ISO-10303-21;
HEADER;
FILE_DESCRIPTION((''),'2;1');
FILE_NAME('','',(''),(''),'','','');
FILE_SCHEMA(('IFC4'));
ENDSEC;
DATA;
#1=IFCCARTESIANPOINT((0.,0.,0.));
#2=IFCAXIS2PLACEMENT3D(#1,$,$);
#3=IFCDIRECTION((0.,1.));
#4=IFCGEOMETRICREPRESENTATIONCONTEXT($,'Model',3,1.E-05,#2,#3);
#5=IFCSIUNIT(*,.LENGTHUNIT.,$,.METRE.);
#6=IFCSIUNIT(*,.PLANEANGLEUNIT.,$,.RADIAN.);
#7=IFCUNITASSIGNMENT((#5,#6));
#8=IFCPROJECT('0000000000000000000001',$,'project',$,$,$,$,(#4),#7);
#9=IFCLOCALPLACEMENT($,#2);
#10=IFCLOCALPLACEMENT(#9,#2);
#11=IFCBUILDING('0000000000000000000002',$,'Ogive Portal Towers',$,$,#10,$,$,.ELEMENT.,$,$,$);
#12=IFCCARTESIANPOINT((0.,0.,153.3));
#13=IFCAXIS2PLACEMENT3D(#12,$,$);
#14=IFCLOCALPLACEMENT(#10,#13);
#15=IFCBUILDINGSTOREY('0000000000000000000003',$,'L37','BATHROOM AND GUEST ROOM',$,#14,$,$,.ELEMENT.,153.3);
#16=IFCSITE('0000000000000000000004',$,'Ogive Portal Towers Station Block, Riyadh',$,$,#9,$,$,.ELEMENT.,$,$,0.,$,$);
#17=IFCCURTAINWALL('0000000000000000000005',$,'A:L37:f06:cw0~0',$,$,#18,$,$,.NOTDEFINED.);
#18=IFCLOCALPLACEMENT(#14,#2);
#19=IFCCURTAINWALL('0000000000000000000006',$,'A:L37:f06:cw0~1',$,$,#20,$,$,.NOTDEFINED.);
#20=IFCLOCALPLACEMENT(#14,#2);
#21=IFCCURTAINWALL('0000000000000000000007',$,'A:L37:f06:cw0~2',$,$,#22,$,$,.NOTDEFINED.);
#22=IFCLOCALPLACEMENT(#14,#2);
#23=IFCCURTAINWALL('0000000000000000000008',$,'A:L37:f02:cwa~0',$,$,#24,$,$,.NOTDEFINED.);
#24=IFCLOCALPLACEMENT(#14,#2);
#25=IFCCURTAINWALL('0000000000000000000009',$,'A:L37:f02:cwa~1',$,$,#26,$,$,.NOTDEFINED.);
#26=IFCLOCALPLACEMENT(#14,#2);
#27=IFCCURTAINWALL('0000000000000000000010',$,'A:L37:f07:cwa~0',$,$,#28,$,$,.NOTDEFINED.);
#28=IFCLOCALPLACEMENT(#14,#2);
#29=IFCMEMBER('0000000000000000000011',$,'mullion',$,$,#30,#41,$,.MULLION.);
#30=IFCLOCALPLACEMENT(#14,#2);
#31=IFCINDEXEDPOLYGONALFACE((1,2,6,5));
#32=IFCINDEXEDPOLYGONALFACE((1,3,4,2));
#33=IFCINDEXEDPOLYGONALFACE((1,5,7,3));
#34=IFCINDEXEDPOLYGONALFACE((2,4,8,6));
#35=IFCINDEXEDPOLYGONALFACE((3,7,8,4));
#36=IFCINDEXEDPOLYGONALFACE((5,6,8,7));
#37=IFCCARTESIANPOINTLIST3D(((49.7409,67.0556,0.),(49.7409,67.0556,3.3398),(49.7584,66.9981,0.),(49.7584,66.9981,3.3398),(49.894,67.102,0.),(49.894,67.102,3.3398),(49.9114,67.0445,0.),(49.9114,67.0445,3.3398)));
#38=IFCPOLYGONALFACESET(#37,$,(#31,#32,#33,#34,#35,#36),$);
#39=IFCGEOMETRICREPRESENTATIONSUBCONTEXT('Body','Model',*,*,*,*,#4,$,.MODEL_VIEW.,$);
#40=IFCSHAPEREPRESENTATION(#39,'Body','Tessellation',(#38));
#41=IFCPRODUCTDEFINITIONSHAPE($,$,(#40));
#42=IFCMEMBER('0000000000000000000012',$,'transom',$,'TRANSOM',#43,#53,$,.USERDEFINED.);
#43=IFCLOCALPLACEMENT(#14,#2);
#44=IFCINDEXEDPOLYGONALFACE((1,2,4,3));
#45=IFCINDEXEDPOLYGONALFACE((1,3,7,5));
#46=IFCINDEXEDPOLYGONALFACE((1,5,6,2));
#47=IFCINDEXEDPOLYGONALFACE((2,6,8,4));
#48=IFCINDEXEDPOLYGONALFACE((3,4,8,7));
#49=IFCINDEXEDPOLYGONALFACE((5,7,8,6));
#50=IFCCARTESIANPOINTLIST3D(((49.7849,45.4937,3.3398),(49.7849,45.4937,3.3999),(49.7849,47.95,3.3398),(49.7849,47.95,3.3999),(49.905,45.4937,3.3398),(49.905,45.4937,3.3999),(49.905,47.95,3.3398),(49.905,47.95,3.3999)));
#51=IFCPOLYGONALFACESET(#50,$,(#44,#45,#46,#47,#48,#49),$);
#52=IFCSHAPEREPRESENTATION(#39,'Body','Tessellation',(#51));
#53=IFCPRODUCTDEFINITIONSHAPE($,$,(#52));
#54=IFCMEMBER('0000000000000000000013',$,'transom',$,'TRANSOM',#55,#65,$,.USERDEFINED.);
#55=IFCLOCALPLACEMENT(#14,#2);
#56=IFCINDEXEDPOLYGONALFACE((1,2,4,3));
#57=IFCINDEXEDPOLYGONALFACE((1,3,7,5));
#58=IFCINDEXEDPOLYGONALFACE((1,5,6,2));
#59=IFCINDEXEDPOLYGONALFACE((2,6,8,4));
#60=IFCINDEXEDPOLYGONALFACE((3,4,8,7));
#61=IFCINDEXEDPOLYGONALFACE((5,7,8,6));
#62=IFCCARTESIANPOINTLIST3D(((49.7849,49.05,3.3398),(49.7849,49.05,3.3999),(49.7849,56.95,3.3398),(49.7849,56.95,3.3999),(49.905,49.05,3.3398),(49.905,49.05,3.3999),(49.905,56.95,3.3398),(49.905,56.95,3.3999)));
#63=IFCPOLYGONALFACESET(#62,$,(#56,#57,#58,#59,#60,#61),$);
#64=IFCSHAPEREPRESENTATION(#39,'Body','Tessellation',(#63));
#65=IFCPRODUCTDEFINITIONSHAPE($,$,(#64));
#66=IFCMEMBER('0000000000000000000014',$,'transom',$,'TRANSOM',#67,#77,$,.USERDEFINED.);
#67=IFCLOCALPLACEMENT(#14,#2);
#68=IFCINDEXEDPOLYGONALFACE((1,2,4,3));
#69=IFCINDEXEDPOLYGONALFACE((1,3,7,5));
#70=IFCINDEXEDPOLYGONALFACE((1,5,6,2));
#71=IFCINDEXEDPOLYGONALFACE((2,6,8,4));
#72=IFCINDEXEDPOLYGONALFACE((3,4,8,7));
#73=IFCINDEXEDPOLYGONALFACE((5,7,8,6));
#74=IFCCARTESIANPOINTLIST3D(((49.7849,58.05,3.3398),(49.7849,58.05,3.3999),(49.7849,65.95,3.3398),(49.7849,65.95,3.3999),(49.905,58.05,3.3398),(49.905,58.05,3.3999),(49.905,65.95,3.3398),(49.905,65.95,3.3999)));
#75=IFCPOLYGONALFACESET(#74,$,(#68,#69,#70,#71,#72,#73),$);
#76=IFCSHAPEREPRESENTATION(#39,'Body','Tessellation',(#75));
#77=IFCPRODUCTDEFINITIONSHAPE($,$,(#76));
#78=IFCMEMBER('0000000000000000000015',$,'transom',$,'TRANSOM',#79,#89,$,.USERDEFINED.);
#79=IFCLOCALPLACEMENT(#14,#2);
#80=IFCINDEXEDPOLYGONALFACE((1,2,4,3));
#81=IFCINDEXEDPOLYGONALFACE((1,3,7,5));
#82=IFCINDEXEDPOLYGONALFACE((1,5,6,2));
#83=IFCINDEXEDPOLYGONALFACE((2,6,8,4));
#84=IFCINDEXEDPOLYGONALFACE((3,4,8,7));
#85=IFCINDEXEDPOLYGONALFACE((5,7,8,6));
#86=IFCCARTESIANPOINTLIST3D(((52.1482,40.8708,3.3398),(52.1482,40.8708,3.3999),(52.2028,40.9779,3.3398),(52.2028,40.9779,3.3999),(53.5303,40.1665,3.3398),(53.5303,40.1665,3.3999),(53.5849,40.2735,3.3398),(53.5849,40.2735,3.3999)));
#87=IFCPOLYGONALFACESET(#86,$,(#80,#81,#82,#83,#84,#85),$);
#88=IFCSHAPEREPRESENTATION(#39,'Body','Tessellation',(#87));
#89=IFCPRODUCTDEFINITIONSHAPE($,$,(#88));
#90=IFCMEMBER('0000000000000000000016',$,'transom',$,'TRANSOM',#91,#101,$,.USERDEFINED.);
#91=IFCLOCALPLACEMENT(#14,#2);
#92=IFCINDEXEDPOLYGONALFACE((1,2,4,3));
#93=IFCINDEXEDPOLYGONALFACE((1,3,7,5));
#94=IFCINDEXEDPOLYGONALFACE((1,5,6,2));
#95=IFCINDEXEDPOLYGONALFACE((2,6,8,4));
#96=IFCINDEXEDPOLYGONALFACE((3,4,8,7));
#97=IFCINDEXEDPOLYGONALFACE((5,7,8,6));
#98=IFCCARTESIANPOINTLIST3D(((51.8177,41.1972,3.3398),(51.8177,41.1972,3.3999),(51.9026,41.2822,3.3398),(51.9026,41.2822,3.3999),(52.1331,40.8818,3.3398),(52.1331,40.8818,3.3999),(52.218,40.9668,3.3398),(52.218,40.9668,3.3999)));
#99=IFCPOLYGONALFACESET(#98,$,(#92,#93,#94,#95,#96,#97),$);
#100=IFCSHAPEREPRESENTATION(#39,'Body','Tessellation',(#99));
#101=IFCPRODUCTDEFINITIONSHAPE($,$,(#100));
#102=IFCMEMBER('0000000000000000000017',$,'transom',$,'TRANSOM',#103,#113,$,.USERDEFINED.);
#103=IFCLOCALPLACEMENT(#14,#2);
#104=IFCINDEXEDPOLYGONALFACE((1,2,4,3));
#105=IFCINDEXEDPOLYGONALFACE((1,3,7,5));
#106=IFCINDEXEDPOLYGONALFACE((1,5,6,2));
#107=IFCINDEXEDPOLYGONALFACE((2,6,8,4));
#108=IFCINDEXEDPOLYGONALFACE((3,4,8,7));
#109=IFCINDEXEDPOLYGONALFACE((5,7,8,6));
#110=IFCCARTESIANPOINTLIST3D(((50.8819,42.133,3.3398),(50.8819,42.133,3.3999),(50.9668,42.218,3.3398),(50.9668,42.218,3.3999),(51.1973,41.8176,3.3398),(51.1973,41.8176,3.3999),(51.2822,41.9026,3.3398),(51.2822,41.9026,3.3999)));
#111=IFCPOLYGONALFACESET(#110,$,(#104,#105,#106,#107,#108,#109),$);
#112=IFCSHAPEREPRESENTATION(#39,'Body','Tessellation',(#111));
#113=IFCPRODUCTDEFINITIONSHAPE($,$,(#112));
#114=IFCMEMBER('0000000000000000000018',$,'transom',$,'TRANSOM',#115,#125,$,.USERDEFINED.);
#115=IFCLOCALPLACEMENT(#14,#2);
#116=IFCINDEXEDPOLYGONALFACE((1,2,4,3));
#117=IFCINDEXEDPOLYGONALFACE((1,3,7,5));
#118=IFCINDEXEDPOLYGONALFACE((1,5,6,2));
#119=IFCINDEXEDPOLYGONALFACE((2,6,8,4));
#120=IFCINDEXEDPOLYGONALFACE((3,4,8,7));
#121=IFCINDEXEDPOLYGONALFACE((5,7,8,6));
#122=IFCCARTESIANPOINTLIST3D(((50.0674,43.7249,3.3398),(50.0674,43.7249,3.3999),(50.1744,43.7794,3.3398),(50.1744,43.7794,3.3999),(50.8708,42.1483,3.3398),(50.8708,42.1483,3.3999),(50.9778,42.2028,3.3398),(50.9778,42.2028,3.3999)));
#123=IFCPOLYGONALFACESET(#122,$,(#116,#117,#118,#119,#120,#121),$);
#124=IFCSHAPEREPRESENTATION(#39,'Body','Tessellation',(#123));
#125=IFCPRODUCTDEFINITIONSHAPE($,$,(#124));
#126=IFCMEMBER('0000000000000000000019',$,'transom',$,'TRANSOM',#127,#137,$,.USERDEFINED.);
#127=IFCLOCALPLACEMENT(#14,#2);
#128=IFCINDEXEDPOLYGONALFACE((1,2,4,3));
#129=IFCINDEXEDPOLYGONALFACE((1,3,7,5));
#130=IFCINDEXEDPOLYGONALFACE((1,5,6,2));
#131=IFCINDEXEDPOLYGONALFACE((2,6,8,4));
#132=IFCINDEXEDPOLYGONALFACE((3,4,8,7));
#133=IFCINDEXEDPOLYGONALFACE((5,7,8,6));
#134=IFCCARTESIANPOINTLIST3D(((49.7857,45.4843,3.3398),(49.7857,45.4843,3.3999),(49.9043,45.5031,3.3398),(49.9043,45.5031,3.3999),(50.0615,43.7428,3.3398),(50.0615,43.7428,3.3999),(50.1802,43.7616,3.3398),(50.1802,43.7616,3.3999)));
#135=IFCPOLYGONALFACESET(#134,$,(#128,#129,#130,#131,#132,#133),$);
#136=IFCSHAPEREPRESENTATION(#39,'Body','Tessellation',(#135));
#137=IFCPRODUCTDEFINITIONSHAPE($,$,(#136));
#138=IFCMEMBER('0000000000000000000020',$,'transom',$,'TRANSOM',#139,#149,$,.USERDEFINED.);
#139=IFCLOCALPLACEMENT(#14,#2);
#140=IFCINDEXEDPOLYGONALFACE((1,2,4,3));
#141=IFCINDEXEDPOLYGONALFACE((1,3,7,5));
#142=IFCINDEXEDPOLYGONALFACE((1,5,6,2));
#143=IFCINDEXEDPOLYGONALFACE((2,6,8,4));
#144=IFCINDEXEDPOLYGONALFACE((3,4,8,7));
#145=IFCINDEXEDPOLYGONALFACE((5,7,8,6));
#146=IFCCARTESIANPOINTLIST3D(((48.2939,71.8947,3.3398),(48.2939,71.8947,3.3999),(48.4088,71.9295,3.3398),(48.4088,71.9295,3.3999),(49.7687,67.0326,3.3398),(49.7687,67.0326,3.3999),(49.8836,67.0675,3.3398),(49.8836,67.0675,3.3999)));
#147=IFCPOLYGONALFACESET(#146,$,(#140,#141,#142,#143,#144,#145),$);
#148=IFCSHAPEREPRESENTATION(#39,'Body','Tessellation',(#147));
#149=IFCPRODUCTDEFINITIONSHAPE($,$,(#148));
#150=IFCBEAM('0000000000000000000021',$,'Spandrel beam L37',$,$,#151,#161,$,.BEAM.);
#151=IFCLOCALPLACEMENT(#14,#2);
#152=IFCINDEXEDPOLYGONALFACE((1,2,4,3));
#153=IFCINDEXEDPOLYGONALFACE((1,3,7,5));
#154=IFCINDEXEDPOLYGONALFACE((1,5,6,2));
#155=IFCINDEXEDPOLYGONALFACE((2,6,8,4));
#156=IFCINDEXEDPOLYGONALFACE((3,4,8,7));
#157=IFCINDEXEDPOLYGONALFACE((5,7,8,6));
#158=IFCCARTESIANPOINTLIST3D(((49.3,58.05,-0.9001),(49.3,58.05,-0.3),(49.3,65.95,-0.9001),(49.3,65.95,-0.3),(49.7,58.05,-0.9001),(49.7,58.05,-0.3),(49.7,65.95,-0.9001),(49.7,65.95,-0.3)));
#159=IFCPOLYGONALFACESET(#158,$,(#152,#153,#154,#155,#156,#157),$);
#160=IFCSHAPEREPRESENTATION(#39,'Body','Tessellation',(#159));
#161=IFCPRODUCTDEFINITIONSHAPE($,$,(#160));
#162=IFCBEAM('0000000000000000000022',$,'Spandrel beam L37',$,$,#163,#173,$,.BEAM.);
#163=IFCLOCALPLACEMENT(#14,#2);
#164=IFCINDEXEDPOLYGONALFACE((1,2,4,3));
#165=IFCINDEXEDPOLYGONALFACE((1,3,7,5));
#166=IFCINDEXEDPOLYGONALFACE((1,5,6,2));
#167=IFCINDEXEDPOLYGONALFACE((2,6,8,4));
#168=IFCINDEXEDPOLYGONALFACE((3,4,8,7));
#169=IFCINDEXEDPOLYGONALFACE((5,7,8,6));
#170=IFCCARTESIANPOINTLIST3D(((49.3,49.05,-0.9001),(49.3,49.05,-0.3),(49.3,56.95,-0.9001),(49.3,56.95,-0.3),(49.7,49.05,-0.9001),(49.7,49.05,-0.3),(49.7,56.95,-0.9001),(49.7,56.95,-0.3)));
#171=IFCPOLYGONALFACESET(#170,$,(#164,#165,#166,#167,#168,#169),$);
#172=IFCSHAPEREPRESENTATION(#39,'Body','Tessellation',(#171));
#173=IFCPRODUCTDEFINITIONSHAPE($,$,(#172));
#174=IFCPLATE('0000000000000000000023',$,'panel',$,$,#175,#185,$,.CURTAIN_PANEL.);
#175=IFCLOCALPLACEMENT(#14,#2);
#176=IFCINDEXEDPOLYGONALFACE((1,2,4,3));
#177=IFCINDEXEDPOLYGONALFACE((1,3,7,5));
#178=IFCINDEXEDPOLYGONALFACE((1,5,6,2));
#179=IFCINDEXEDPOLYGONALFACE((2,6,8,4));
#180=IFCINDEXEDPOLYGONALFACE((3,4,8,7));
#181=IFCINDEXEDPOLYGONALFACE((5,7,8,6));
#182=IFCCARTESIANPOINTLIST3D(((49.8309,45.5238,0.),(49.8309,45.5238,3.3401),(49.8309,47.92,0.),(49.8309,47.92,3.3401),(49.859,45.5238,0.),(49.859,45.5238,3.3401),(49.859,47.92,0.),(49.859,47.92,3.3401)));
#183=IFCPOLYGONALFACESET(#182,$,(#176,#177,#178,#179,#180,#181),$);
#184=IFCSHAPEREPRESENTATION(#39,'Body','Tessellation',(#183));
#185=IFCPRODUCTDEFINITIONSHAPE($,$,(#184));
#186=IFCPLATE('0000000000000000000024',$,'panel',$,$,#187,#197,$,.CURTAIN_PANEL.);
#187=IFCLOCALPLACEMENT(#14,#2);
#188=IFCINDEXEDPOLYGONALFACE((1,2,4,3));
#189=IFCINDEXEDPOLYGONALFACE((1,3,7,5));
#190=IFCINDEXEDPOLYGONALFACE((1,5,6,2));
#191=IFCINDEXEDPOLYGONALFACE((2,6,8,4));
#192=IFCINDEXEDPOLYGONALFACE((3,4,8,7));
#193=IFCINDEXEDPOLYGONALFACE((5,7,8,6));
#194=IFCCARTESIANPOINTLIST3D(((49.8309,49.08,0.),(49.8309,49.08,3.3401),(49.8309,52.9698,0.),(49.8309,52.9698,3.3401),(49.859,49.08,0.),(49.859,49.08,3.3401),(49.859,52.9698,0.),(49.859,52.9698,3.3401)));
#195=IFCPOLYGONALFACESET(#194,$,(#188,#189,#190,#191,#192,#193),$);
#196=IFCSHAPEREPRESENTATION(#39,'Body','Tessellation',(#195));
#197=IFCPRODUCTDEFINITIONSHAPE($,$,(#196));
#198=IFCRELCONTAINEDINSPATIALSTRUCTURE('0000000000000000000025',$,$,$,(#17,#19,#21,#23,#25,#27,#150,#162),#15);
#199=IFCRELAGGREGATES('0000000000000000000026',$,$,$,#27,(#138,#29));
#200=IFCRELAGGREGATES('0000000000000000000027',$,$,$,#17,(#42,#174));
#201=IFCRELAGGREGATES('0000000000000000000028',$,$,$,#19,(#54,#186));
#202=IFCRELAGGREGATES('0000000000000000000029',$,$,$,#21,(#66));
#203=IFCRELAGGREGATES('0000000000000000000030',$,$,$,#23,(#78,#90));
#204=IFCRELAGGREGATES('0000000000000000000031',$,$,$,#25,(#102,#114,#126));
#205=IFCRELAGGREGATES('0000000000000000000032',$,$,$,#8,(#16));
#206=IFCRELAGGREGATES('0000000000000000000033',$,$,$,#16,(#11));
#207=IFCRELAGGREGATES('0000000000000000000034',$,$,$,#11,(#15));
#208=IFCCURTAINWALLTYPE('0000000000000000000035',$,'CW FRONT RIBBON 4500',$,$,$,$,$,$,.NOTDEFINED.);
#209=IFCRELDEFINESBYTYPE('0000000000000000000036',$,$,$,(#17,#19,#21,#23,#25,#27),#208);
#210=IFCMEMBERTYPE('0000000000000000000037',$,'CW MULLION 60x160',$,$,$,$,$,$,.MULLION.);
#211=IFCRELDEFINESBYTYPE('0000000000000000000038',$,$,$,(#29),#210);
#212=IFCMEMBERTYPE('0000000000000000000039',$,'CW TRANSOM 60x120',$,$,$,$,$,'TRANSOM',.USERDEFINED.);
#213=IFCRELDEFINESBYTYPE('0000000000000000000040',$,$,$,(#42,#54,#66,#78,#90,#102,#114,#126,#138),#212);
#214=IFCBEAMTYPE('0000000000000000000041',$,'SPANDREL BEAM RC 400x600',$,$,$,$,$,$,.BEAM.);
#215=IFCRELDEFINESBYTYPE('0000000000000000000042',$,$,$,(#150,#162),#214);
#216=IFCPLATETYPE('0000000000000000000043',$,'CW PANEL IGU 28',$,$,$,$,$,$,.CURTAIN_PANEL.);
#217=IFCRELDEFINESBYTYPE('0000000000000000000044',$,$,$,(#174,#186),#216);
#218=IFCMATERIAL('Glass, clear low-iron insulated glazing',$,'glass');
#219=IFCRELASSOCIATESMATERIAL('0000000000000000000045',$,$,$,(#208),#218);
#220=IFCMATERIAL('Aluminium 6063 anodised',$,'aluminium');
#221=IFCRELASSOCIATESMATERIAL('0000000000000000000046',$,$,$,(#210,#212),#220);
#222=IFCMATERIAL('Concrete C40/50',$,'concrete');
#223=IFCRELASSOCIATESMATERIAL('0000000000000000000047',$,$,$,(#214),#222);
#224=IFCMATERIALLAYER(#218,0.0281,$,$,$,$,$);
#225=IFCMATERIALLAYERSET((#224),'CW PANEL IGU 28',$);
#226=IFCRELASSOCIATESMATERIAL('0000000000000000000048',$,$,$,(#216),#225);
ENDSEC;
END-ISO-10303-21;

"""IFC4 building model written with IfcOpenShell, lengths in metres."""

from ifc_helpers import new_model, si_unit, direction, frame, origin, origin_2d, place, context, subcontext, project, spatial, rectangle, extrude, material, layer, layer_set, material_profile, profile_set, type_object, element, aggregate, save


model = new_model("IFC4")

# Units and contexts
model_context = context("Model", 3, precision=1e-05, world=origin(), true_north=direction((0.0, 1.0)))
body_context = subcontext(model_context, "Body", "Model", "MODEL_VIEW")
ifc_project = project(units=[si_unit("LENGTHUNIT", "METRE"), si_unit("PLANEANGLEUNIT", "RADIAN")], contexts=[model_context])

# Site, building, storey
site_placement = place(None, origin())
site = spatial("IfcSite", under=ifc_project, at=site_placement, Name="Ogive Portal Towers Station Block, Riyadh", CompositionType="ELEMENT", RefElevation=0.0)
building_placement = place(site_placement, origin())
building = spatial("IfcBuilding", under=site, at=building_placement, Name="Ogive Portal Towers", CompositionType="ELEMENT")
storey_placement = place(building_placement, frame((0.0, 0.0, 153.3)))
storey = spatial("IfcBuildingStorey", under=building, at=storey_placement, Name="L37", Description="BATHROOM AND GUEST ROOM", CompositionType="ELEMENT", Elevation=153.3)

# Curtain walls
ifc_material_1 = material(Name="Glass, clear low-iron insulated glazing", Category="glass")
curtain_wall_type = type_object("IfcCurtainWallType", Name="CW FRONT RIBBON 4500", PredefinedType="NOTDEFINED", material=ifc_material_1)
curtain_wall_1_placement = place(storey_placement, origin())
curtain_wall_1 = element("IfcCurtainWall", 1, at=curtain_wall_1_placement, inside=storey, type_object=curtain_wall_type, Name="A:L37:f06:cw0~0", PredefinedType="NOTDEFINED")
ifc_material_2 = material(Name="Aluminium 6063 anodised", Category="aluminium")
ifc_material_profile_1 = material_profile(ifc_material_2, rectangle(XDim=0.1599, YDim=0.0601, at=origin_2d()), Name="AL 60x160")
ifc_profile_set_1 = profile_set([ifc_material_profile_1], Name="Aluminium 6063 anodised")
member_type_1 = type_object("IfcMemberType", Name="CW MULLION 60x160", PredefinedType="MULLION", material=ifc_profile_set_1)
curtain_wall_2_placement = place(storey_placement, origin())
curtain_wall_2 = element("IfcCurtainWall", 2, at=curtain_wall_2_placement, inside=storey, type_object=curtain_wall_type, Name="A:L37:f06:cw0~1", PredefinedType="NOTDEFINED")
curtain_wall_3_placement = place(storey_placement, origin())
curtain_wall_3 = element("IfcCurtainWall", 3, at=curtain_wall_3_placement, inside=storey, type_object=curtain_wall_type, Name="A:L37:f06:cw0~2", PredefinedType="NOTDEFINED")
curtain_wall_4_placement = place(storey_placement, origin())
curtain_wall_4 = element("IfcCurtainWall", 4, at=curtain_wall_4_placement, inside=storey, type_object=curtain_wall_type, Name="A:L37:f02:cwa~0", PredefinedType="NOTDEFINED")
curtain_wall_5_placement = place(storey_placement, origin())
curtain_wall_5 = element("IfcCurtainWall", 5, at=curtain_wall_5_placement, inside=storey, type_object=curtain_wall_type, Name="A:L37:f02:cwa~1", PredefinedType="NOTDEFINED")

# Curtain wall, member
curtain_wall_6_placement = place(storey_placement, origin())
curtain_wall_6 = element("IfcCurtainWall", 6, at=curtain_wall_6_placement, inside=storey, type_object=curtain_wall_type, Name="A:L37:f07:cwa~0", PredefinedType="NOTDEFINED")
member_1_placement = place(storey_placement, frame((49.8262, 67.05, 0.0), z_axis=(0.0, 0.0, 1.0), x_axis=(-0.95694, -0.290285, 0.0)))
member_1 = element("IfcMember", 7, at=member_1_placement, type_object=member_type_1, Name="mullion", PredefinedType="MULLION", context=body_context, shape_type="SweptSolid", body=[
    extrude(rectangle(XDim=0.1599, YDim=0.0601, at=origin_2d()), origin(), (0.0, 0.0, 1.0), 3.3398),
])

# Members
ifc_material_profile_2 = material_profile(ifc_material_2, rectangle(XDim=0.1201, YDim=0.0601, at=origin_2d()), Name="AL 120x60")
ifc_profile_set_2 = profile_set([ifc_material_profile_2], Name="Aluminium 6063 anodised")
member_type_2 = type_object("IfcMemberType", Name="CW TRANSOM 60x120", ElementType="TRANSOM", PredefinedType="USERDEFINED", material=ifc_profile_set_2)
member_2_placement = place(storey_placement, frame((49.845, 45.4937, 3.3699), z_axis=(0.0, 1.0, 0.0), x_axis=(-1.0, 0.0, 0.0)))
member_2 = element("IfcMember", 8, at=member_2_placement, type_object=member_type_2, Name="transom", ObjectType="TRANSOM", PredefinedType="USERDEFINED", context=body_context, shape_type="SweptSolid", body=[
    extrude(rectangle(XDim=0.1201, YDim=0.0601, at=origin_2d()), origin(), (0.0, 0.0, 1.0), 2.4563),
])
member_3_placement = place(storey_placement, frame((49.845, 49.05, 3.3699), z_axis=(0.0, 1.0, 0.0), x_axis=(-1.0, 0.0, 0.0)))
member_3 = element("IfcMember", 9, at=member_3_placement, type_object=member_type_2, Name="transom", ObjectType="TRANSOM", PredefinedType="USERDEFINED", context=body_context, shape_type="SweptSolid", body=[
    extrude(rectangle(XDim=0.1201, YDim=0.0601, at=origin_2d()), origin(), (0.0, 0.0, 1.0), 7.8999),
])
member_4_placement = place(storey_placement, frame((49.845, 58.05, 3.3699), z_axis=(0.0, 1.0, 0.0), x_axis=(-1.0, 0.0, 0.0)))
member_4 = element("IfcMember", 10, at=member_4_placement, type_object=member_type_2, Name="transom", ObjectType="TRANSOM", PredefinedType="USERDEFINED", context=body_context, shape_type="SweptSolid", body=[
    extrude(rectangle(XDim=0.1201, YDim=0.0601, at=origin_2d()), origin(), (0.0, 0.0, 1.0), 7.8999),
])
member_5_placement = place(storey_placement, frame((53.5576, 40.22, 3.3699), z_axis=(-0.89097, 0.454063, 0.0), x_axis=(-0.454063, -0.89097, 0.0)))
member_5 = element("IfcMember", 11, at=member_5_placement, type_object=member_type_2, Name="transom", ObjectType="TRANSOM", PredefinedType="USERDEFINED", context=body_context, shape_type="SweptSolid", body=[
    extrude(rectangle(XDim=0.1201, YDim=0.0601, at=origin_2d()), origin(), (0.0, 0.0, 1.0), 1.5513),
])
member_6_placement = place(storey_placement, frame((52.1755, 40.9243, 3.3699), z_axis=(-0.707107, 0.707107, 0.0), x_axis=(-0.707107, -0.707107, 0.0)))
member_6 = element("IfcMember", 12, at=member_6_placement, type_object=member_type_2, Name="transom", ObjectType="TRANSOM", PredefinedType="USERDEFINED", context=body_context, shape_type="SweptSolid", body=[
    extrude(rectangle(XDim=0.1201, YDim=0.0601, at=origin_2d()), origin(), (0.0, 0.0, 1.0), 0.446),
])
member_7_placement = place(storey_placement, frame((51.2397, 41.8601, 3.3699), z_axis=(-0.707107, 0.707107, 0.0), x_axis=(-0.707107, -0.707107, 0.0)))
member_7 = element("IfcMember", 13, at=member_7_placement, type_object=member_type_2, Name="transom", ObjectType="TRANSOM", PredefinedType="USERDEFINED", context=body_context, shape_type="SweptSolid", body=[
    extrude(rectangle(XDim=0.1201, YDim=0.0601, at=origin_2d()), origin(), (0.0, 0.0, 1.0), 0.446),
])
member_8_placement = place(storey_placement, frame((50.9243, 42.1755, 3.3699), z_axis=(-0.454044, 0.890979, 0.0), x_axis=(-0.890979, -0.454044, 0.0)))
member_8 = element("IfcMember", 14, at=member_8_placement, type_object=member_type_2, Name="transom", ObjectType="TRANSOM", PredefinedType="USERDEFINED", context=body_context, shape_type="SweptSolid", body=[
    extrude(rectangle(XDim=0.1201, YDim=0.0601, at=origin_2d()), origin(), (0.0, 0.0, 1.0), 1.7695),
])
member_9_placement = place(storey_placement, frame((50.1208, 43.7522, 3.3699), z_axis=(-0.156467, 0.987683, 0.0), x_axis=(-0.987683, -0.156467, 0.0)))
member_9 = element("IfcMember", 15, at=member_9_placement, type_object=member_type_2, Name="transom", ObjectType="TRANSOM", PredefinedType="USERDEFINED", context=body_context, shape_type="SweptSolid", body=[
    extrude(rectangle(XDim=0.1201, YDim=0.0601, at=origin_2d()), origin(), (0.0, 0.0, 1.0), 1.7632),
])
member_10_placement = place(storey_placement, frame((49.8262, 67.05, 3.3699), z_axis=(-0.290278, 0.956942, 0.0), x_axis=(-0.956942, -0.290278, 0.0)))
member_10 = element("IfcMember", 16, at=member_10_placement, type_object=member_type_2, Name="transom", ObjectType="TRANSOM", PredefinedType="USERDEFINED", context=body_context, shape_type="SweptSolid", body=[
    extrude(rectangle(XDim=0.1201, YDim=0.0601, at=origin_2d()), origin(), (0.0, 0.0, 1.0), 5.0808),
])
aggregate(curtain_wall_6, [member_10, member_1])

# Beams
ifc_material_3 = material(Name="Concrete C40/50", Category="concrete")
ifc_material_profile_3 = material_profile(ifc_material_3, rectangle(XDim=0.3999, YDim=0.6001, at=origin_2d()), Name="RC 400x600")
ifc_profile_set_3 = profile_set([ifc_material_profile_3], Name="Concrete C40/50")
beam_type = type_object("IfcBeamType", Name="SPANDREL BEAM RC 400x600", PredefinedType="BEAM", material=ifc_profile_set_3)
for number, where, z_axis, x_axis, name in (
    (17, (49.5, 65.95, -0.6001), (0.0, -1.0, 0.0), (1.0, 0.0, 0.0), "Spandrel beam L37"),
    (18, (49.5, 56.95, -0.6001), (0.0, -1.0, 0.0), (1.0, 0.0, 0.0), "Spandrel beam L37"),
):
    element("IfcBeam", number, at=place(storey_placement, frame(where, z_axis=z_axis, x_axis=x_axis)), inside=storey, type_object=beam_type, Name=name, PredefinedType="BEAM", context=body_context, shape_type="SweptSolid", body=[
        extrude(rectangle(XDim=0.3999, YDim=0.6001, at=origin_2d()), origin(), (0.0, 0.0, 1.0), 7.8999),
    ])

# Plates
ifc_layer = layer(ifc_material_1, 0.0281)
ifc_layer_set = layer_set([ifc_layer], Name="CW PANEL IGU 28")
plate_type = type_object("IfcPlateType", Name="CW PANEL IGU 28", PredefinedType="CURTAIN_PANEL", material=ifc_layer_set)
plate_1_placement = place(storey_placement, frame((49.845, 46.7219, 0.0), z_axis=(0.0, 0.0, 1.0), x_axis=(0.0, 1.0, 0.0)))
plate_1 = element("IfcPlate", 19, at=plate_1_placement, type_object=plate_type, Name="panel", PredefinedType="CURTAIN_PANEL", context=body_context, shape_type="SweptSolid", body=[
    extrude(rectangle(XDim=2.3962, YDim=0.0281, at=origin_2d()), origin(), (0.0, 0.0, 1.0), 3.3401),
])
aggregate(curtain_wall_1, [member_2, plate_1])
plate_2_placement = place(storey_placement, frame((49.845, 51.0249, 0.0), z_axis=(0.0, 0.0, 1.0), x_axis=(0.0, 1.0, 0.0)))
plate_2 = element("IfcPlate", 20, at=plate_2_placement, type_object=plate_type, Name="panel", PredefinedType="CURTAIN_PANEL", context=body_context, shape_type="SweptSolid", body=[
    extrude(rectangle(XDim=3.8899, YDim=0.0281, at=origin_2d()), origin(), (0.0, 0.0, 1.0), 3.3401),
])
aggregate(curtain_wall_2, [member_3, plate_2])
aggregate(curtain_wall_3, [member_4])
aggregate(curtain_wall_4, [member_5, member_6])
aggregate(curtain_wall_5, [member_7, member_8, member_9])

save(model, "model.ifc")
